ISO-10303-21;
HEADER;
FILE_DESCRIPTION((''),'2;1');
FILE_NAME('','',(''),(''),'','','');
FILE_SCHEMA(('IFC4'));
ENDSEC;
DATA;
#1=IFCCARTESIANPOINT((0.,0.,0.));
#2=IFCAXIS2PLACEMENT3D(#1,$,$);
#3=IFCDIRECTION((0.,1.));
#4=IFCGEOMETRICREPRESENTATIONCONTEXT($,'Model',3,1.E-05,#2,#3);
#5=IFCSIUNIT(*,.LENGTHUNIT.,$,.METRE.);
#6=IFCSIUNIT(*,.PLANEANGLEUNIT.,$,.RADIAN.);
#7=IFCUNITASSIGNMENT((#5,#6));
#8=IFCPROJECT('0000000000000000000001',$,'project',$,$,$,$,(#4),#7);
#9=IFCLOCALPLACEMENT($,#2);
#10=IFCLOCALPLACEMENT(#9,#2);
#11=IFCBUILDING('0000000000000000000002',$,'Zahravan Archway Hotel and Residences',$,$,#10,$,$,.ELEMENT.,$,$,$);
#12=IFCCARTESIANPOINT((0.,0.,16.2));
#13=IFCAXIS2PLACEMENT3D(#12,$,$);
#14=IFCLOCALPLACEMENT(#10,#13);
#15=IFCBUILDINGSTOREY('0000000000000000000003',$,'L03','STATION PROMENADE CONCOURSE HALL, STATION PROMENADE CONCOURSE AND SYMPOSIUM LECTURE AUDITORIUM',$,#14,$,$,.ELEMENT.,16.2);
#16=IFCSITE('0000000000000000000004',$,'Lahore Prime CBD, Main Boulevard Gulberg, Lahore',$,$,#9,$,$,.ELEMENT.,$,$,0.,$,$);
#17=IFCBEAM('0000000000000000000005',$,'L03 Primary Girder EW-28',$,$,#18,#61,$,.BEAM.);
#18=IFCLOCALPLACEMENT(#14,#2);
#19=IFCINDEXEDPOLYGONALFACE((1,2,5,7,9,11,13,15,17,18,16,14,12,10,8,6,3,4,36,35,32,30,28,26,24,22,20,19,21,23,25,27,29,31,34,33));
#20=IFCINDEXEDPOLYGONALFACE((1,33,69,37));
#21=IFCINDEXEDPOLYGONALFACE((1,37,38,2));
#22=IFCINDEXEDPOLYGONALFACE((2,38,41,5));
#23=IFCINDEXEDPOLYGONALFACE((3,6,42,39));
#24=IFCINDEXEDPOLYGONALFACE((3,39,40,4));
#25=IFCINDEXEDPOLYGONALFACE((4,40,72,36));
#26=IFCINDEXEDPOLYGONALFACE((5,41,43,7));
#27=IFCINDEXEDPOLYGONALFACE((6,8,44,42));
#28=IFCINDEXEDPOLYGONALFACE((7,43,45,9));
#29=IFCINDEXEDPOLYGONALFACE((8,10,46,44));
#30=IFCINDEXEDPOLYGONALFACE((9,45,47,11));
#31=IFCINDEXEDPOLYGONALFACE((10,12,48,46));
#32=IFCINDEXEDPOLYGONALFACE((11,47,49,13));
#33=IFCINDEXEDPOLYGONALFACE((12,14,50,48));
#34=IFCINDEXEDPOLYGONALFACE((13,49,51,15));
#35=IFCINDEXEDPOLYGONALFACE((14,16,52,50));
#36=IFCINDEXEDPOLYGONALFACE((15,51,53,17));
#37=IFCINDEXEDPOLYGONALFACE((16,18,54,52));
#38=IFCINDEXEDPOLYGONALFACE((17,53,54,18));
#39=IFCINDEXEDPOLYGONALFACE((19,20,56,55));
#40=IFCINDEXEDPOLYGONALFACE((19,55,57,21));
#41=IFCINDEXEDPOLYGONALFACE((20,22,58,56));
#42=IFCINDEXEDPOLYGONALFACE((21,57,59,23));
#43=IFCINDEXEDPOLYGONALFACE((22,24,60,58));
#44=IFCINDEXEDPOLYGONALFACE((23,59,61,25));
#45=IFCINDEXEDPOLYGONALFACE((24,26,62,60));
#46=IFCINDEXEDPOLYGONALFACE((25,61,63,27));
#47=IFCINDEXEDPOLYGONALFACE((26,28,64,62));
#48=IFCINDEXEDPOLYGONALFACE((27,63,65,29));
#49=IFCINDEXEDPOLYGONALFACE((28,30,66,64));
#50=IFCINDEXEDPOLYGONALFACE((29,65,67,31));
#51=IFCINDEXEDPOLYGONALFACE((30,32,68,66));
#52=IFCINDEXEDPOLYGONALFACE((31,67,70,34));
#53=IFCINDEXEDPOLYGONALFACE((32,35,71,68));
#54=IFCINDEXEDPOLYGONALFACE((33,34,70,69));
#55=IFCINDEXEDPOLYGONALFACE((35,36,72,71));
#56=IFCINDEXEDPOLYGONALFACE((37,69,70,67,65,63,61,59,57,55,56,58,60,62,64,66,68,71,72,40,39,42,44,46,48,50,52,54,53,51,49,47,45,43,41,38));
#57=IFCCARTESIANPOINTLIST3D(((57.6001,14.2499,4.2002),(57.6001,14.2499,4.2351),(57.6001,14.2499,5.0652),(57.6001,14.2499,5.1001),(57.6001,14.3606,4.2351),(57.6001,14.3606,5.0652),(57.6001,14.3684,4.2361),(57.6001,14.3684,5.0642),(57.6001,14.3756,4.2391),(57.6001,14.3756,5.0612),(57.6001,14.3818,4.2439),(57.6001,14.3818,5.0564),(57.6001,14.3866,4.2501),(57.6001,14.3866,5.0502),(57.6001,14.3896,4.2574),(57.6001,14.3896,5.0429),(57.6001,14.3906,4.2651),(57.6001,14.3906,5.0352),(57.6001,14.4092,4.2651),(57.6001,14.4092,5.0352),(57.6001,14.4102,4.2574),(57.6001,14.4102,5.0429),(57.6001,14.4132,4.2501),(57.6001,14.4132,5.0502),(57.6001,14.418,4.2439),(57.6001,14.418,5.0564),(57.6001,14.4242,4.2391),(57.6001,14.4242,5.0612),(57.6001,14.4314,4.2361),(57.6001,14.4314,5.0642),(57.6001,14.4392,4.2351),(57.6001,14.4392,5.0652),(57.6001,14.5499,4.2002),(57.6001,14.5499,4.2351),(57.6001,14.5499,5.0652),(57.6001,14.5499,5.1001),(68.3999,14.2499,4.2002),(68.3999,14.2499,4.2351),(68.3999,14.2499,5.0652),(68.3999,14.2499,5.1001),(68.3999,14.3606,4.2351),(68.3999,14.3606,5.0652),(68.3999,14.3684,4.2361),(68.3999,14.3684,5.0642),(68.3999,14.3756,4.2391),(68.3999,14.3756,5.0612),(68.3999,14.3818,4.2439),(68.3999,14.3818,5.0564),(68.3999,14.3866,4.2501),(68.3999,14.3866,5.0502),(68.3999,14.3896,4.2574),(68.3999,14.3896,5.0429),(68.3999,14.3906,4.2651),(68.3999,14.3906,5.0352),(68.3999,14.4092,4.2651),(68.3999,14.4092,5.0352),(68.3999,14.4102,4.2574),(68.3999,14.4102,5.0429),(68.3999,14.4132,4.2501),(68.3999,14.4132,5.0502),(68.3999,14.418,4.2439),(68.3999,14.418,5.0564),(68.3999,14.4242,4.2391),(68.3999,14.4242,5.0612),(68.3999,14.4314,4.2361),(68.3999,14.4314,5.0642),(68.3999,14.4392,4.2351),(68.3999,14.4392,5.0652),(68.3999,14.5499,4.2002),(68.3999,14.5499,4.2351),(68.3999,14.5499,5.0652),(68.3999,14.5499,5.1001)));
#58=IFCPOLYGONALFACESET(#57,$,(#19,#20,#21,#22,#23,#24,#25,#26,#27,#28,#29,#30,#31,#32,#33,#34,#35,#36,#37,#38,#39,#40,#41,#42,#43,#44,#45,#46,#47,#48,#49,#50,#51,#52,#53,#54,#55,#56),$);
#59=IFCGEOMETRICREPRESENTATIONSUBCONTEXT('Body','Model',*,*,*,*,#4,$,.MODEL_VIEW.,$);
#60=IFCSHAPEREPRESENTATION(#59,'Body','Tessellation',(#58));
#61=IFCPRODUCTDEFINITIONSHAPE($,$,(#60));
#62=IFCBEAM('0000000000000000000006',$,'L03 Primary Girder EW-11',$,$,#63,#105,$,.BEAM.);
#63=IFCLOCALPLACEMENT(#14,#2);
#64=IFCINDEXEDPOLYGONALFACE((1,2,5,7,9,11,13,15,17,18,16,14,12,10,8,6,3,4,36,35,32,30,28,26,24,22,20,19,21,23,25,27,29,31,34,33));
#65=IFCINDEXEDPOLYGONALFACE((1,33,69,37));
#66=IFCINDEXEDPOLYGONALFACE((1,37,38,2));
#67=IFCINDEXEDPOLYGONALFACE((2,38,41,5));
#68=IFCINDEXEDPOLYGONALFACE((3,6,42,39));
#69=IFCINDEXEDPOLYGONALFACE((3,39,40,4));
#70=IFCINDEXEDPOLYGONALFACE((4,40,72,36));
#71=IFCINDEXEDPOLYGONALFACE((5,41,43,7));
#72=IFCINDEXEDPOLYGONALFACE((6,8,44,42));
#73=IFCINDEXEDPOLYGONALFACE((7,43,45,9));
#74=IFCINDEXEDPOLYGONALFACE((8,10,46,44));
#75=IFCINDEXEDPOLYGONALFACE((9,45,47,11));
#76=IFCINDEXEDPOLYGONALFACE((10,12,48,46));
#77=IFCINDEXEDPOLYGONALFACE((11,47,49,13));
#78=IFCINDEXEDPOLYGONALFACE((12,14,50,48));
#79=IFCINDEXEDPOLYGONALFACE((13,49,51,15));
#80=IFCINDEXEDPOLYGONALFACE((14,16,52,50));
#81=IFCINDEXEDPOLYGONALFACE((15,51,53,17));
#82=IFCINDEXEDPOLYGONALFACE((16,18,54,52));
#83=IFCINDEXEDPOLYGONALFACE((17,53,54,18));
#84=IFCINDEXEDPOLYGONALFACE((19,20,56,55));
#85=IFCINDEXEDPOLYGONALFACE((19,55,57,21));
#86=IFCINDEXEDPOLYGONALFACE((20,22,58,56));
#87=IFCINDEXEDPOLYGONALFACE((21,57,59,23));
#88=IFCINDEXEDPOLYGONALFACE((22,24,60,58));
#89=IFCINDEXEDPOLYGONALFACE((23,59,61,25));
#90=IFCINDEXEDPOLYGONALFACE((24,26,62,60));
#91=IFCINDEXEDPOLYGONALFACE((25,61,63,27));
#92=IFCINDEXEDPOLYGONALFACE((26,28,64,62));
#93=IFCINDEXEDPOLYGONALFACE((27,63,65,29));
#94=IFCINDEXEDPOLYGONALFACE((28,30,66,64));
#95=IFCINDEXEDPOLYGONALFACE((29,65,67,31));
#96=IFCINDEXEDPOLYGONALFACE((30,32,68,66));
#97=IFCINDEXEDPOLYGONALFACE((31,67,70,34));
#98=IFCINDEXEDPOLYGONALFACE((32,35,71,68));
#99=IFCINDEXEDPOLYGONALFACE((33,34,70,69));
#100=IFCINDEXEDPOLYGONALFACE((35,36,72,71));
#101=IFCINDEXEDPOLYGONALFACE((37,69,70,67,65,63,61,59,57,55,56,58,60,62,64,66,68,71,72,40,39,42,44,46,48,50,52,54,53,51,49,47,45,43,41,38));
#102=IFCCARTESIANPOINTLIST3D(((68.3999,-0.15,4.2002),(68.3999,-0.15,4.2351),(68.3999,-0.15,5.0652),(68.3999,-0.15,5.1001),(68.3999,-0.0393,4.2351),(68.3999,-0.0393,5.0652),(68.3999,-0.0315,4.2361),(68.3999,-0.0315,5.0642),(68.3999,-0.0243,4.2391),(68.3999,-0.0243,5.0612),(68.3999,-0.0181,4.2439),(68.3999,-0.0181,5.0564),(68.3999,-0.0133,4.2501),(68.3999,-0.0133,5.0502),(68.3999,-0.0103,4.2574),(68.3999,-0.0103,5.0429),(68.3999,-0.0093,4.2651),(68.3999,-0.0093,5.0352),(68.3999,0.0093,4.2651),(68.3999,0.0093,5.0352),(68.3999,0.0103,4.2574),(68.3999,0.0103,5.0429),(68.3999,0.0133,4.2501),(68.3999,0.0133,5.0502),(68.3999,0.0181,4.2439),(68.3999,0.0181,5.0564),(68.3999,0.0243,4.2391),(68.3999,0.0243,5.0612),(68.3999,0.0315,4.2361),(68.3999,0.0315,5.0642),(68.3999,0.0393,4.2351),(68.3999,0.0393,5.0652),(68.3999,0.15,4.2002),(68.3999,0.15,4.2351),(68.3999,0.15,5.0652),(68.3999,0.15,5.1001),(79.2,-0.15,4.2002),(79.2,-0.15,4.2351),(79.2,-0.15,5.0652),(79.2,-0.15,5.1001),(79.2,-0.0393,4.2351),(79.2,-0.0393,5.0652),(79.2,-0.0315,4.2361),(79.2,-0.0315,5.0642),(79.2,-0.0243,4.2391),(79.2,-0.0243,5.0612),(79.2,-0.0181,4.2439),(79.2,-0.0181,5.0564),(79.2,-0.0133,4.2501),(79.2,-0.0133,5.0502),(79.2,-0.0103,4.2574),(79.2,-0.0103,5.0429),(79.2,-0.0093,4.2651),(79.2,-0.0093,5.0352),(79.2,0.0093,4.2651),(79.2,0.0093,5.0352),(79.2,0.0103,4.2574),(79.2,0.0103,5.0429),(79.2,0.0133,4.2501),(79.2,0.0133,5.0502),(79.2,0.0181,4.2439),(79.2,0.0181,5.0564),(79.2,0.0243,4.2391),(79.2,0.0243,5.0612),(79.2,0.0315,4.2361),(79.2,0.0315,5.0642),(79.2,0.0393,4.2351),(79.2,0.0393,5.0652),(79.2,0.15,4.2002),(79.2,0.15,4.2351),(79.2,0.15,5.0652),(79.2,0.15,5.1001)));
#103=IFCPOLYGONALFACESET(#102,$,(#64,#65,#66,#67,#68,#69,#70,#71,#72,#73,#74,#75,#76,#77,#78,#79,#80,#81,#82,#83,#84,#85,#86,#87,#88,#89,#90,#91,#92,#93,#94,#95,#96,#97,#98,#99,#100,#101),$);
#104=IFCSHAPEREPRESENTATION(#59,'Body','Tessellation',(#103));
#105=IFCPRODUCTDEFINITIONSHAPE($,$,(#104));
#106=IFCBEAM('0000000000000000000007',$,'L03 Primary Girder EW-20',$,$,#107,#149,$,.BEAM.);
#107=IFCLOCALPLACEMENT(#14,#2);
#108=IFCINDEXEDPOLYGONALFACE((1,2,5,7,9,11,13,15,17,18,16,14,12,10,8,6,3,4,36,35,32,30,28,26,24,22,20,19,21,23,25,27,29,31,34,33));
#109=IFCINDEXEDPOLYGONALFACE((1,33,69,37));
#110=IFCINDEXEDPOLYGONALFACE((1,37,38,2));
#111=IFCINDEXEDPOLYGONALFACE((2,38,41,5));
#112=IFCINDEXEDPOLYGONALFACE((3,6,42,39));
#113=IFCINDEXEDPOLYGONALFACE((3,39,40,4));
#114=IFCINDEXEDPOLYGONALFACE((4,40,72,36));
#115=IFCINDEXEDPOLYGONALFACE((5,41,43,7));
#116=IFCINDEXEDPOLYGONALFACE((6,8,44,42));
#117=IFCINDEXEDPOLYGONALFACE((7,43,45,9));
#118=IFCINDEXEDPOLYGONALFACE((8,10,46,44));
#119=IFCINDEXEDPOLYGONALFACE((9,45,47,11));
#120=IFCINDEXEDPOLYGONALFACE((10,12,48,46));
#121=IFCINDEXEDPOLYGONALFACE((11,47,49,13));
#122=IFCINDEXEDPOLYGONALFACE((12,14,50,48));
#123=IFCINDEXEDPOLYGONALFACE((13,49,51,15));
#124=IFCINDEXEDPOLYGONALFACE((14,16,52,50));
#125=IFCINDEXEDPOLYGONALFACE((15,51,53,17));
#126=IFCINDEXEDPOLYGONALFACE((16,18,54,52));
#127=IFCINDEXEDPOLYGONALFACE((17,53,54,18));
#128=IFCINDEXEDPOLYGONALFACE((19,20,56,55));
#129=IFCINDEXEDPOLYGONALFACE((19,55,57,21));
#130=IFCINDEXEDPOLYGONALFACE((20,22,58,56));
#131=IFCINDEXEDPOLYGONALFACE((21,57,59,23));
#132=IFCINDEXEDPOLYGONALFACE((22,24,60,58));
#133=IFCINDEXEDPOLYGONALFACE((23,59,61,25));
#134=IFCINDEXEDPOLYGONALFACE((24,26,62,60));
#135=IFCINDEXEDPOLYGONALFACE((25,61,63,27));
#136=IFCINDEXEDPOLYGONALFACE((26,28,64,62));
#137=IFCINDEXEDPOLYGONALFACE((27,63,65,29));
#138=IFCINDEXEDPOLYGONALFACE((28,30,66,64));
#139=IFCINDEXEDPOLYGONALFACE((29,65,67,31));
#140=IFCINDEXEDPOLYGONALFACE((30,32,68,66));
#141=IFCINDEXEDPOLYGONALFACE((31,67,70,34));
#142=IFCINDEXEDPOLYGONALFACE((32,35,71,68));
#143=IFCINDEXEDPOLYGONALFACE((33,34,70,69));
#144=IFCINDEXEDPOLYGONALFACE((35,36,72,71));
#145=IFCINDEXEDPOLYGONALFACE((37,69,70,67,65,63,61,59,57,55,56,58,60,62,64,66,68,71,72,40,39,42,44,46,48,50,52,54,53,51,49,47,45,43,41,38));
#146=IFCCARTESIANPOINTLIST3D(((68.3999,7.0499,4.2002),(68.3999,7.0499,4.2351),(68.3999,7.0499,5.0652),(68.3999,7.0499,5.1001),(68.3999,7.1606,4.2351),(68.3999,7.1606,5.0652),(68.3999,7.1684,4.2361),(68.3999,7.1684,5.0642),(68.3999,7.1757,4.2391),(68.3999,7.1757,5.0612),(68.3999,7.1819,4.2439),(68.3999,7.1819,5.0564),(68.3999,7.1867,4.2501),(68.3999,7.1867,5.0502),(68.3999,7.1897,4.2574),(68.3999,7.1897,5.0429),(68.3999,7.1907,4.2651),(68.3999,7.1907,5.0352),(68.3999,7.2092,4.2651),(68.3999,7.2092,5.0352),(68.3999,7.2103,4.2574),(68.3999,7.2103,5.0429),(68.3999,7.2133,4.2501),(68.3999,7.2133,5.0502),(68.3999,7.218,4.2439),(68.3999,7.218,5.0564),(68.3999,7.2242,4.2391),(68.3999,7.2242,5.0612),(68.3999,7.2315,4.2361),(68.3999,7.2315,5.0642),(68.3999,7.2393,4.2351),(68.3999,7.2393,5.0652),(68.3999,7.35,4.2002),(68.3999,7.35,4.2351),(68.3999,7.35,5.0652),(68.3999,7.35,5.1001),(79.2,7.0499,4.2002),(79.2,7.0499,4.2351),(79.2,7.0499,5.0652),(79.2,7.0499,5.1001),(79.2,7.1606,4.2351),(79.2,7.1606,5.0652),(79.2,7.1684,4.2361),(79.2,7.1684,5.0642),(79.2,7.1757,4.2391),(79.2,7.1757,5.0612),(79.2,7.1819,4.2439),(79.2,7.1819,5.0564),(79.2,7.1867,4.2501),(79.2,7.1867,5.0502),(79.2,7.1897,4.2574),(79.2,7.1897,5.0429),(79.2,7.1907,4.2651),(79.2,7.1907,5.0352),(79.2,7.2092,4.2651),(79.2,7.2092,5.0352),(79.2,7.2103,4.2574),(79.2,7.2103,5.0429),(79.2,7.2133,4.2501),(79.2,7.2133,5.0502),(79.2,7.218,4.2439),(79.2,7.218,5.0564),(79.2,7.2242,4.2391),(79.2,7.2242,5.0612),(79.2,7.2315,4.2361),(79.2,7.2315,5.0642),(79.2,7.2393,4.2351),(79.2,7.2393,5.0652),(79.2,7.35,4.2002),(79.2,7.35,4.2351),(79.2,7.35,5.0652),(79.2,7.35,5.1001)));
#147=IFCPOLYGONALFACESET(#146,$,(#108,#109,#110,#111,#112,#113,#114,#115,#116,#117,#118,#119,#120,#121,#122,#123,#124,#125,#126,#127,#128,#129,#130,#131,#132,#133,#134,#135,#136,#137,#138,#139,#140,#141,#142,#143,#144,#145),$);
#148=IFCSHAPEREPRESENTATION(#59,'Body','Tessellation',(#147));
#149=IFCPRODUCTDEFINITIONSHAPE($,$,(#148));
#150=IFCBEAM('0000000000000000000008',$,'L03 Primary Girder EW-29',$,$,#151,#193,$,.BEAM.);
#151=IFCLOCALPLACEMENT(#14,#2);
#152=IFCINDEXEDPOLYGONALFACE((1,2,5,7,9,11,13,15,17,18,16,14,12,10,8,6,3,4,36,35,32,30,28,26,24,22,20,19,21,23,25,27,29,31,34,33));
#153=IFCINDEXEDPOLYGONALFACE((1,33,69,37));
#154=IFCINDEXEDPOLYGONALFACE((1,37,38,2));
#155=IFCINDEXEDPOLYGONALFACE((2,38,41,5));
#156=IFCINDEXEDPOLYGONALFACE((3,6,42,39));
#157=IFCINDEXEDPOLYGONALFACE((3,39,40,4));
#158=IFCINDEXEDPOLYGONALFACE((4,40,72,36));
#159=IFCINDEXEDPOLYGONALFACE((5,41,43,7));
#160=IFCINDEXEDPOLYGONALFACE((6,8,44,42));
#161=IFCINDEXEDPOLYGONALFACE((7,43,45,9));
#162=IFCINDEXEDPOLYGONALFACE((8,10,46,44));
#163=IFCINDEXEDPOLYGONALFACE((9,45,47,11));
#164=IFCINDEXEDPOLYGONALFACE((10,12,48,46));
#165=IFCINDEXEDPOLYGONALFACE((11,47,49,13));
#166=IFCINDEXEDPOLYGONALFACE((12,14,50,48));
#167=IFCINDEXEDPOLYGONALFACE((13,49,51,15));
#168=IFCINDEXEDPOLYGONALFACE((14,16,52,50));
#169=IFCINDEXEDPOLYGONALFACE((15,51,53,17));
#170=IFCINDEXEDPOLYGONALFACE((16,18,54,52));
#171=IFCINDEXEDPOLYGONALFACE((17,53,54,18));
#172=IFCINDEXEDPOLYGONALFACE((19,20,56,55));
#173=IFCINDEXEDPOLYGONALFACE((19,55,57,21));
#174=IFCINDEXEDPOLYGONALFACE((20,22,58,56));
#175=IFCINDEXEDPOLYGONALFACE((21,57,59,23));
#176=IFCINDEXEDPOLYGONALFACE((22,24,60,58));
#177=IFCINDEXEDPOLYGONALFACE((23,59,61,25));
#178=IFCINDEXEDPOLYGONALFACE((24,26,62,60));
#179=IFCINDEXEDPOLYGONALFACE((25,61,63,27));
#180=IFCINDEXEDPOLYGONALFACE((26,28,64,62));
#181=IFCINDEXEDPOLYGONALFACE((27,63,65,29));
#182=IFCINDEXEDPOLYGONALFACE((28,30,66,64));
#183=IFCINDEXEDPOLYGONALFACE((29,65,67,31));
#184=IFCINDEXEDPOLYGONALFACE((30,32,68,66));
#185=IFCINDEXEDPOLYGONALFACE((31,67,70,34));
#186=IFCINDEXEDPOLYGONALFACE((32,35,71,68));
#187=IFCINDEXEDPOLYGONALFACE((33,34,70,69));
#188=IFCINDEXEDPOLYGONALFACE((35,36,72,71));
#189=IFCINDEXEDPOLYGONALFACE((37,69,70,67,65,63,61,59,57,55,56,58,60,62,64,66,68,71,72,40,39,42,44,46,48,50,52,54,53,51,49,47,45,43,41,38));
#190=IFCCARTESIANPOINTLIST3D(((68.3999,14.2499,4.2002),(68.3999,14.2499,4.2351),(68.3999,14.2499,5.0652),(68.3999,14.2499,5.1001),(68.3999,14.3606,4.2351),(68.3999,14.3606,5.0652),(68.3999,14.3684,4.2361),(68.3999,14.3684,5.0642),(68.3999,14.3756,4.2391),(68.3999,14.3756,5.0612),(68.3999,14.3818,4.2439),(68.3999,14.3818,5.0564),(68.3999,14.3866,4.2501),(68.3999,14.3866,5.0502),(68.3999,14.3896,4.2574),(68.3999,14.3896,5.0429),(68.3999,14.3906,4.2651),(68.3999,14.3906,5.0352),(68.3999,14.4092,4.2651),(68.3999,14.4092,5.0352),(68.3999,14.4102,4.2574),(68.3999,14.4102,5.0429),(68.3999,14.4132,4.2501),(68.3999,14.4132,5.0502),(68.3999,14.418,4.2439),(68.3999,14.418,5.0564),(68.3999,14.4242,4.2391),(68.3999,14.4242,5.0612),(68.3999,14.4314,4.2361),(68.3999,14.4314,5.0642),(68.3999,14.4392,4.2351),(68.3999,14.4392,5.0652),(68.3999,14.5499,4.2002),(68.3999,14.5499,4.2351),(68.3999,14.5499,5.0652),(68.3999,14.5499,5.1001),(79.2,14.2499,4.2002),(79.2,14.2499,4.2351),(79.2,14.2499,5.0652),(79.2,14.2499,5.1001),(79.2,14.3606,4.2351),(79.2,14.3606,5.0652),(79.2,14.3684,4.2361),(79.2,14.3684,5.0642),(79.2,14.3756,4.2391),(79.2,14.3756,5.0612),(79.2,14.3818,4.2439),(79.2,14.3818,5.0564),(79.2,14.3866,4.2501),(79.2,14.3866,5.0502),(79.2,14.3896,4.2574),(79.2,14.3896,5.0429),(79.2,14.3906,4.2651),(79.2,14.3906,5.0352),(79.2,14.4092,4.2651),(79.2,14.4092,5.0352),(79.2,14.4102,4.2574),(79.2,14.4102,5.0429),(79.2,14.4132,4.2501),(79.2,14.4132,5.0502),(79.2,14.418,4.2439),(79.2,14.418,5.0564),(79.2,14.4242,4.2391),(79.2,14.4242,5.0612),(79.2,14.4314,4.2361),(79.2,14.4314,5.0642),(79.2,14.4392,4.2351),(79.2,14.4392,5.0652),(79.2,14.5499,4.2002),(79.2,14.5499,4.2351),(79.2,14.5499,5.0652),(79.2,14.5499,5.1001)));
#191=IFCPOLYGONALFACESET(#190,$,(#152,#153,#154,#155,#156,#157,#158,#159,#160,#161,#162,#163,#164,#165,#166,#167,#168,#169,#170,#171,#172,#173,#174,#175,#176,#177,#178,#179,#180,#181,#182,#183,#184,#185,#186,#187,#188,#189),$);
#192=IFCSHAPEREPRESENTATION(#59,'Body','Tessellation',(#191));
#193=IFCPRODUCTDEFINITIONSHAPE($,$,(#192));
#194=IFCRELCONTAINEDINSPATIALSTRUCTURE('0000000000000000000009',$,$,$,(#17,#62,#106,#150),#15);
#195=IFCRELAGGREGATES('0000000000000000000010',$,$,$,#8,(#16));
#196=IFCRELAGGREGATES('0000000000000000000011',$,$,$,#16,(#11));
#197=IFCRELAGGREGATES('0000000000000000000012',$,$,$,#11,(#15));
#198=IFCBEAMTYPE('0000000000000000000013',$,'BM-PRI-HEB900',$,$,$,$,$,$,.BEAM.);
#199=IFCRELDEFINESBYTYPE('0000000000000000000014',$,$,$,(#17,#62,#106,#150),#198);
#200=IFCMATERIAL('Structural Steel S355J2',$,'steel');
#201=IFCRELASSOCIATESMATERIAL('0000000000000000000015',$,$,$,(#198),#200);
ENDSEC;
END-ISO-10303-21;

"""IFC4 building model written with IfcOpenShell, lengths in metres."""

from ifc_helpers import new_model, si_unit, direction, frame, origin, origin_2d, place, context, subcontext, project, spatial, i_section, extrude, source, transform, mapped, material, material_profile, profile_set, type_object, element, save


model = new_model("IFC4")

# Units and contexts
model_context = context("Model", 3, precision=1e-05, world=origin(), true_north=direction((0.0, 1.0)))
body_context = subcontext(model_context, "Body", "Model", "MODEL_VIEW")
ifc_project = project(units=[si_unit("LENGTHUNIT", "METRE"), si_unit("PLANEANGLEUNIT", "RADIAN")], contexts=[model_context])

# Site, building, storey
site_placement = place(None, origin())
site = spatial("IfcSite", under=ifc_project, at=site_placement, Name="Lahore Prime CBD, Main Boulevard Gulberg, Lahore", CompositionType="ELEMENT", RefElevation=0.0)
building_placement = place(site_placement, origin())
building = spatial("IfcBuilding", under=site, at=building_placement, Name="Zahravan Archway Hotel and Residences", CompositionType="ELEMENT")
storey_placement = place(building_placement, frame((0.0, 0.0, 16.2)))
storey = spatial("IfcBuildingStorey", under=building, at=storey_placement, Name="L03", Description="STATION PROMENADE CONCOURSE HALL, STATION PROMENADE CONCOURSE AND SYMPOSIUM LECTURE AUDITORIUM", CompositionType="ELEMENT", Elevation=16.2)

# Beams
ifc_material_1 = material(Name="Structural Steel S355J2", Category="steel")
ifc_material_profile_1 = material_profile(ifc_material_1, i_section(OverallWidth=0.3, OverallDepth=0.8999, WebThickness=0.0186, FlangeThickness=0.0349, FilletRadius=0.03, at=origin_2d()), Name="HEB 900", Category="steel")
ifc_profile_set_1 = profile_set([ifc_material_profile_1], Name="Structural Steel S355J2")
beam_type_1 = type_object("IfcBeamType", Name="BM-PRI-HEB900", PredefinedType="BEAM", material=ifc_profile_set_1)
shared_shape_1 = source(origin(), body_context, "Body", "SweptSolid", [
    extrude(i_section(OverallWidth=0.3, OverallDepth=0.8999, WebThickness=0.0186, FlangeThickness=0.0349, FilletRadius=0.03, at=origin_2d()), origin(), (0.0, 0.0, 1.0), 10.7998),
])
for number, where, z_axis, x_axis, name in (
    (1, (57.6001, 14.3999, 4.6501), (1.0, 0.0, 0.0), (0.0, 1.0, 0.0), "L03 Primary Girder EW-28"),
):
    element("IfcBeam", number, at=place(storey_placement, frame(where, z_axis=z_axis, x_axis=x_axis)), inside=storey, type_object=beam_type_1, Name=name, PredefinedType="BEAM", context=body_context, shape_type="MappedRepresentation", body=[
        mapped(shared_shape_1, transform((0.0, 0.0, 0.0), scale=1.0)),
    ])
shared_shape_2 = source(origin(), body_context, "Body", "SweptSolid", [
    extrude(i_section(OverallWidth=0.3, OverallDepth=0.8999, WebThickness=0.0186, FlangeThickness=0.0349, FilletRadius=0.03, at=origin_2d()), origin(), (0.0, 0.0, 1.0), 10.8),
])
for number, where, z_axis, x_axis, name in (
    (2, (68.3999, 0.0, 4.6501), (1.0, 0.0, 0.0), (0.0, 1.0, 0.0), "L03 Primary Girder EW-11"),
    (3, (68.3999, 7.2, 4.6501), (1.0, 0.0, 0.0), (0.0, 1.0, 0.0), "L03 Primary Girder EW-20"),
    (4, (68.3999, 14.3999, 4.6501), (1.0, 0.0, 0.0), (0.0, 1.0, 0.0), "L03 Primary Girder EW-29"),
):
    element("IfcBeam", number, at=place(storey_placement, frame(where, z_axis=z_axis, x_axis=x_axis)), inside=storey, type_object=beam_type_1, Name=name, PredefinedType="BEAM", context=body_context, shape_type="MappedRepresentation", body=[
        mapped(shared_shape_2, transform((0.0, 0.0, 0.0), scale=1.0)),
    ])

save(model, "model.ifc")
